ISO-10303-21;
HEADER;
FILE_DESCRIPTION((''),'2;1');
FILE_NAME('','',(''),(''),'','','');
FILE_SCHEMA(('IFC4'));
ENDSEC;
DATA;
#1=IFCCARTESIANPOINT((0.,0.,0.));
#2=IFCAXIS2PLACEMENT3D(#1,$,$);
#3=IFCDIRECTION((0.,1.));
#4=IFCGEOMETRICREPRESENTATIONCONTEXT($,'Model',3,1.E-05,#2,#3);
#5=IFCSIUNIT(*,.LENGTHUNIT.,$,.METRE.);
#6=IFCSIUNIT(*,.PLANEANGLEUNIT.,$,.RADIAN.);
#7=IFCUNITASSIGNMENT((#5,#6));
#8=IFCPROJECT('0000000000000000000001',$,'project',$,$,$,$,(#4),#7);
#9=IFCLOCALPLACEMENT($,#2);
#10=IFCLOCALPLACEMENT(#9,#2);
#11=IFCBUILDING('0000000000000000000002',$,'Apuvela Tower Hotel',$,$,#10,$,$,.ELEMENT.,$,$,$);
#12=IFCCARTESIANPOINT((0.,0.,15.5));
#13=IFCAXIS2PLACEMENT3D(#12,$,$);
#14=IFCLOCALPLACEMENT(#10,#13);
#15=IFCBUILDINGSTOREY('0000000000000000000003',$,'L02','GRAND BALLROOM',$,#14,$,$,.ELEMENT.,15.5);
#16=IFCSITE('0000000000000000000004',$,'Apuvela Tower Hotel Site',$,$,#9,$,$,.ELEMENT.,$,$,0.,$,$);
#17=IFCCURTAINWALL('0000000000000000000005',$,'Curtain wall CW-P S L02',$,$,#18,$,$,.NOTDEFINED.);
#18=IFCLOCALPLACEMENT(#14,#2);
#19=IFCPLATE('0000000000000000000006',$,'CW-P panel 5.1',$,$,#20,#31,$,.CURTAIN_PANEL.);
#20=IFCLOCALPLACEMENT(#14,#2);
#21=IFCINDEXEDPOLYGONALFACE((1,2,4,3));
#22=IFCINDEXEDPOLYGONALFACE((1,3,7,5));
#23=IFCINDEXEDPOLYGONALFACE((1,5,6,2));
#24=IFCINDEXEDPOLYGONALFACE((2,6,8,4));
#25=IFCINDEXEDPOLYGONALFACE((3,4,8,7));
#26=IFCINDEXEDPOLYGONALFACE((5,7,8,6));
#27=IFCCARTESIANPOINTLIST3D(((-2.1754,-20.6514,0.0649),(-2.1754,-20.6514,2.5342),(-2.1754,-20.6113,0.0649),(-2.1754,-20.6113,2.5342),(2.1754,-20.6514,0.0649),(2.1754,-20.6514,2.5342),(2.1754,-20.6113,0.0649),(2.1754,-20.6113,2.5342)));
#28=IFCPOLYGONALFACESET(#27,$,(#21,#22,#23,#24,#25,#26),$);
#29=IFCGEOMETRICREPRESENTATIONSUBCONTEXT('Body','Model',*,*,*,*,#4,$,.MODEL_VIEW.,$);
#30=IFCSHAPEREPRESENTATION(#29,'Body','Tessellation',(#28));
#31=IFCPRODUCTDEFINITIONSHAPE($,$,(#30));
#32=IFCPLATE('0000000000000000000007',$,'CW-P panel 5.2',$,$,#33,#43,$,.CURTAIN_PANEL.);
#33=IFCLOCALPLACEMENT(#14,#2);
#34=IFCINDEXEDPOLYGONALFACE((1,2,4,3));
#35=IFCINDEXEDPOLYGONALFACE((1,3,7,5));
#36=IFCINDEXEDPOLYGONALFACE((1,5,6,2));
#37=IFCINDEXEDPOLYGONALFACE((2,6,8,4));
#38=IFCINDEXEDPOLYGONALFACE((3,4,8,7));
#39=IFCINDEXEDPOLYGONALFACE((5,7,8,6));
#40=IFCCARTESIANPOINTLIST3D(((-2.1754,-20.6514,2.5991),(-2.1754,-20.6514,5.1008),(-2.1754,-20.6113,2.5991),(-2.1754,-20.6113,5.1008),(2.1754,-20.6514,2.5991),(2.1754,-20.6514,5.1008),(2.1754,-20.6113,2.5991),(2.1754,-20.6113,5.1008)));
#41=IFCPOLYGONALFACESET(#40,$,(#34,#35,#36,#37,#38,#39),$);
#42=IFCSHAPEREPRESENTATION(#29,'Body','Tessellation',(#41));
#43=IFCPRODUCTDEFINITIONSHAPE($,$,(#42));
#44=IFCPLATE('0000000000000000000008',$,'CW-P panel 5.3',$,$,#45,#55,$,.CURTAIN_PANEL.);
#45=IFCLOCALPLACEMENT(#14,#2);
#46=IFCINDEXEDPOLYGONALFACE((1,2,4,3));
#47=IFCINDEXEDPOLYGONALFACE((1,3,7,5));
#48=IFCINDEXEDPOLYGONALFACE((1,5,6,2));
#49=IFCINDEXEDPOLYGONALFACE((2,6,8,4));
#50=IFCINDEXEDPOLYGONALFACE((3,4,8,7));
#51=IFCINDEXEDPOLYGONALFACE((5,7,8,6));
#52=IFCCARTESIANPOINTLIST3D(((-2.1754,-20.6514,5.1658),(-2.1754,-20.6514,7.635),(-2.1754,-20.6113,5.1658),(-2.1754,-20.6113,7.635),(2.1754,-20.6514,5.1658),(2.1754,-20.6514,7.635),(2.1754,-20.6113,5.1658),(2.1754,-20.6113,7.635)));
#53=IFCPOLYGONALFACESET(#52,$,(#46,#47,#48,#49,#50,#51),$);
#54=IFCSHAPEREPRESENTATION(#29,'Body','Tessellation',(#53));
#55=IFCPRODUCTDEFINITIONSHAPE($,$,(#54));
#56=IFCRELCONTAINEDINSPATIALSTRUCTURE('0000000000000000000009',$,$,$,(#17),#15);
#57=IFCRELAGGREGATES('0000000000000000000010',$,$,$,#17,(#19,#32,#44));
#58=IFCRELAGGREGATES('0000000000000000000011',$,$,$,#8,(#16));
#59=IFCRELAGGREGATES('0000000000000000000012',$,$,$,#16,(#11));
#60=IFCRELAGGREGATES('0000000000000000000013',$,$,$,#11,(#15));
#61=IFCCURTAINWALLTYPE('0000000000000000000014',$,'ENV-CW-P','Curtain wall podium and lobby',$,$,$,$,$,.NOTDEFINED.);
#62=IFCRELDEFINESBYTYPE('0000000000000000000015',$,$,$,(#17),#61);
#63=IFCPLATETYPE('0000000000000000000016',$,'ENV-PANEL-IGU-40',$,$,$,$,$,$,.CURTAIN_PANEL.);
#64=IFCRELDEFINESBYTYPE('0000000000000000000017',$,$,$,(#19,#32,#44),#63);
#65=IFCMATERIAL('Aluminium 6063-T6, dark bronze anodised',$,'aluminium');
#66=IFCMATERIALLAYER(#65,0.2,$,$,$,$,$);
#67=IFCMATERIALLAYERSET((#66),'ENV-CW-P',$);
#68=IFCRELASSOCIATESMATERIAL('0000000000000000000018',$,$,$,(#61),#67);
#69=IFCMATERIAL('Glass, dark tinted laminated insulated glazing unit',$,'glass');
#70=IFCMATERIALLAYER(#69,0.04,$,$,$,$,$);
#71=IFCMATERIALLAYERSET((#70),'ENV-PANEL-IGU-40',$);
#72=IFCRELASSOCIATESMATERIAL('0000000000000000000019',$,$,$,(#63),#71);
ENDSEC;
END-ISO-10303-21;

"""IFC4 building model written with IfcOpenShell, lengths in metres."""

from ifc_helpers import new_model, si_unit, direction, frame, origin, origin_2d, place, context, subcontext, project, spatial, rectangle, extrude, material, layer, layer_set, type_object, element, aggregate, save


model = new_model("IFC4")

# Units and contexts
model_context = context("Model", 3, precision=1e-05, world=origin(), true_north=direction((0.0, 1.0)))
body_context = subcontext(model_context, "Body", "Model", "MODEL_VIEW")
ifc_project = project(units=[si_unit("LENGTHUNIT", "METRE"), si_unit("PLANEANGLEUNIT", "RADIAN")], contexts=[model_context])

# Site, building, storey
site_placement = place(None, origin())
site = spatial("IfcSite", under=ifc_project, at=site_placement, Name="Apuvela Tower Hotel Site", CompositionType="ELEMENT", RefElevation=0.0)
building_placement = place(site_placement, origin())
building = spatial("IfcBuilding", under=site, at=building_placement, Name="Apuvela Tower Hotel", CompositionType="ELEMENT")
storey_placement = place(building_placement, frame((0.0, 0.0, 15.5)))
storey = spatial("IfcBuildingStorey", under=building, at=storey_placement, Name="L02", Description="GRAND BALLROOM", CompositionType="ELEMENT", Elevation=15.5)

# Curtain wall
ifc_material_1 = material(Name="Aluminium 6063-T6, dark bronze anodised", Category="aluminium")
ifc_layer_1 = layer(ifc_material_1, 0.2)
ifc_layer_set_1 = layer_set([ifc_layer_1], Name="ENV-CW-P")
curtain_wall_type = type_object("IfcCurtainWallType", Name="ENV-CW-P", Description="Curtain wall podium and lobby", PredefinedType="NOTDEFINED", material=ifc_layer_set_1)
curtain_wall_placement = place(storey_placement, origin())
curtain_wall = element("IfcCurtainWall", 1, at=curtain_wall_placement, inside=storey, type_object=curtain_wall_type, Name="Curtain wall CW-P S L02", PredefinedType="NOTDEFINED")

# Plates
ifc_material_2 = material(Name="Glass, dark tinted laminated insulated glazing unit", Category="glass")
ifc_layer_2 = layer(ifc_material_2, 0.04)
ifc_layer_set_2 = layer_set([ifc_layer_2], Name="ENV-PANEL-IGU-40")
plate_type = type_object("IfcPlateType", Name="ENV-PANEL-IGU-40", PredefinedType="CURTAIN_PANEL", material=ifc_layer_set_2)
plate_1_placement = place(storey_placement, frame((0.0, -20.6313, 0.0649), z_axis=(0.0, 0.0, 1.0), x_axis=(1.0, 0.0, 0.0)))
plate_1 = element("IfcPlate", 2, at=plate_1_placement, type_object=plate_type, Name="CW-P panel 5.1", PredefinedType="CURTAIN_PANEL", context=body_context, shape_type="SweptSolid", body=[
    extrude(rectangle(XDim=4.3508, YDim=0.04, at=origin_2d()), origin(), (0.0, 0.0, 1.0), 2.4692),
])
plate_2_placement = place(storey_placement, frame((0.0, -20.6313, 2.5991), z_axis=(0.0, 0.0, 1.0), x_axis=(1.0, 0.0, 0.0)))
plate_2 = element("IfcPlate", 3, at=plate_2_placement, type_object=plate_type, Name="CW-P panel 5.2", PredefinedType="CURTAIN_PANEL", context=body_context, shape_type="SweptSolid", body=[
    extrude(rectangle(XDim=4.3508, YDim=0.04, at=origin_2d()), origin(), (0.0, 0.0, 1.0), 2.5017),
])
plate_3_placement = place(storey_placement, frame((0.0, -20.6313, 5.1658), z_axis=(0.0, 0.0, 1.0), x_axis=(1.0, 0.0, 0.0)))
plate_3 = element("IfcPlate", 4, at=plate_3_placement, type_object=plate_type, Name="CW-P panel 5.3", PredefinedType="CURTAIN_PANEL", context=body_context, shape_type="SweptSolid", body=[
    extrude(rectangle(XDim=4.3508, YDim=0.04, at=origin_2d()), origin(), (0.0, 0.0, 1.0), 2.4692),
])
aggregate(curtain_wall, [plate_1, plate_2, plate_3])

save(model, "model.ifc")
